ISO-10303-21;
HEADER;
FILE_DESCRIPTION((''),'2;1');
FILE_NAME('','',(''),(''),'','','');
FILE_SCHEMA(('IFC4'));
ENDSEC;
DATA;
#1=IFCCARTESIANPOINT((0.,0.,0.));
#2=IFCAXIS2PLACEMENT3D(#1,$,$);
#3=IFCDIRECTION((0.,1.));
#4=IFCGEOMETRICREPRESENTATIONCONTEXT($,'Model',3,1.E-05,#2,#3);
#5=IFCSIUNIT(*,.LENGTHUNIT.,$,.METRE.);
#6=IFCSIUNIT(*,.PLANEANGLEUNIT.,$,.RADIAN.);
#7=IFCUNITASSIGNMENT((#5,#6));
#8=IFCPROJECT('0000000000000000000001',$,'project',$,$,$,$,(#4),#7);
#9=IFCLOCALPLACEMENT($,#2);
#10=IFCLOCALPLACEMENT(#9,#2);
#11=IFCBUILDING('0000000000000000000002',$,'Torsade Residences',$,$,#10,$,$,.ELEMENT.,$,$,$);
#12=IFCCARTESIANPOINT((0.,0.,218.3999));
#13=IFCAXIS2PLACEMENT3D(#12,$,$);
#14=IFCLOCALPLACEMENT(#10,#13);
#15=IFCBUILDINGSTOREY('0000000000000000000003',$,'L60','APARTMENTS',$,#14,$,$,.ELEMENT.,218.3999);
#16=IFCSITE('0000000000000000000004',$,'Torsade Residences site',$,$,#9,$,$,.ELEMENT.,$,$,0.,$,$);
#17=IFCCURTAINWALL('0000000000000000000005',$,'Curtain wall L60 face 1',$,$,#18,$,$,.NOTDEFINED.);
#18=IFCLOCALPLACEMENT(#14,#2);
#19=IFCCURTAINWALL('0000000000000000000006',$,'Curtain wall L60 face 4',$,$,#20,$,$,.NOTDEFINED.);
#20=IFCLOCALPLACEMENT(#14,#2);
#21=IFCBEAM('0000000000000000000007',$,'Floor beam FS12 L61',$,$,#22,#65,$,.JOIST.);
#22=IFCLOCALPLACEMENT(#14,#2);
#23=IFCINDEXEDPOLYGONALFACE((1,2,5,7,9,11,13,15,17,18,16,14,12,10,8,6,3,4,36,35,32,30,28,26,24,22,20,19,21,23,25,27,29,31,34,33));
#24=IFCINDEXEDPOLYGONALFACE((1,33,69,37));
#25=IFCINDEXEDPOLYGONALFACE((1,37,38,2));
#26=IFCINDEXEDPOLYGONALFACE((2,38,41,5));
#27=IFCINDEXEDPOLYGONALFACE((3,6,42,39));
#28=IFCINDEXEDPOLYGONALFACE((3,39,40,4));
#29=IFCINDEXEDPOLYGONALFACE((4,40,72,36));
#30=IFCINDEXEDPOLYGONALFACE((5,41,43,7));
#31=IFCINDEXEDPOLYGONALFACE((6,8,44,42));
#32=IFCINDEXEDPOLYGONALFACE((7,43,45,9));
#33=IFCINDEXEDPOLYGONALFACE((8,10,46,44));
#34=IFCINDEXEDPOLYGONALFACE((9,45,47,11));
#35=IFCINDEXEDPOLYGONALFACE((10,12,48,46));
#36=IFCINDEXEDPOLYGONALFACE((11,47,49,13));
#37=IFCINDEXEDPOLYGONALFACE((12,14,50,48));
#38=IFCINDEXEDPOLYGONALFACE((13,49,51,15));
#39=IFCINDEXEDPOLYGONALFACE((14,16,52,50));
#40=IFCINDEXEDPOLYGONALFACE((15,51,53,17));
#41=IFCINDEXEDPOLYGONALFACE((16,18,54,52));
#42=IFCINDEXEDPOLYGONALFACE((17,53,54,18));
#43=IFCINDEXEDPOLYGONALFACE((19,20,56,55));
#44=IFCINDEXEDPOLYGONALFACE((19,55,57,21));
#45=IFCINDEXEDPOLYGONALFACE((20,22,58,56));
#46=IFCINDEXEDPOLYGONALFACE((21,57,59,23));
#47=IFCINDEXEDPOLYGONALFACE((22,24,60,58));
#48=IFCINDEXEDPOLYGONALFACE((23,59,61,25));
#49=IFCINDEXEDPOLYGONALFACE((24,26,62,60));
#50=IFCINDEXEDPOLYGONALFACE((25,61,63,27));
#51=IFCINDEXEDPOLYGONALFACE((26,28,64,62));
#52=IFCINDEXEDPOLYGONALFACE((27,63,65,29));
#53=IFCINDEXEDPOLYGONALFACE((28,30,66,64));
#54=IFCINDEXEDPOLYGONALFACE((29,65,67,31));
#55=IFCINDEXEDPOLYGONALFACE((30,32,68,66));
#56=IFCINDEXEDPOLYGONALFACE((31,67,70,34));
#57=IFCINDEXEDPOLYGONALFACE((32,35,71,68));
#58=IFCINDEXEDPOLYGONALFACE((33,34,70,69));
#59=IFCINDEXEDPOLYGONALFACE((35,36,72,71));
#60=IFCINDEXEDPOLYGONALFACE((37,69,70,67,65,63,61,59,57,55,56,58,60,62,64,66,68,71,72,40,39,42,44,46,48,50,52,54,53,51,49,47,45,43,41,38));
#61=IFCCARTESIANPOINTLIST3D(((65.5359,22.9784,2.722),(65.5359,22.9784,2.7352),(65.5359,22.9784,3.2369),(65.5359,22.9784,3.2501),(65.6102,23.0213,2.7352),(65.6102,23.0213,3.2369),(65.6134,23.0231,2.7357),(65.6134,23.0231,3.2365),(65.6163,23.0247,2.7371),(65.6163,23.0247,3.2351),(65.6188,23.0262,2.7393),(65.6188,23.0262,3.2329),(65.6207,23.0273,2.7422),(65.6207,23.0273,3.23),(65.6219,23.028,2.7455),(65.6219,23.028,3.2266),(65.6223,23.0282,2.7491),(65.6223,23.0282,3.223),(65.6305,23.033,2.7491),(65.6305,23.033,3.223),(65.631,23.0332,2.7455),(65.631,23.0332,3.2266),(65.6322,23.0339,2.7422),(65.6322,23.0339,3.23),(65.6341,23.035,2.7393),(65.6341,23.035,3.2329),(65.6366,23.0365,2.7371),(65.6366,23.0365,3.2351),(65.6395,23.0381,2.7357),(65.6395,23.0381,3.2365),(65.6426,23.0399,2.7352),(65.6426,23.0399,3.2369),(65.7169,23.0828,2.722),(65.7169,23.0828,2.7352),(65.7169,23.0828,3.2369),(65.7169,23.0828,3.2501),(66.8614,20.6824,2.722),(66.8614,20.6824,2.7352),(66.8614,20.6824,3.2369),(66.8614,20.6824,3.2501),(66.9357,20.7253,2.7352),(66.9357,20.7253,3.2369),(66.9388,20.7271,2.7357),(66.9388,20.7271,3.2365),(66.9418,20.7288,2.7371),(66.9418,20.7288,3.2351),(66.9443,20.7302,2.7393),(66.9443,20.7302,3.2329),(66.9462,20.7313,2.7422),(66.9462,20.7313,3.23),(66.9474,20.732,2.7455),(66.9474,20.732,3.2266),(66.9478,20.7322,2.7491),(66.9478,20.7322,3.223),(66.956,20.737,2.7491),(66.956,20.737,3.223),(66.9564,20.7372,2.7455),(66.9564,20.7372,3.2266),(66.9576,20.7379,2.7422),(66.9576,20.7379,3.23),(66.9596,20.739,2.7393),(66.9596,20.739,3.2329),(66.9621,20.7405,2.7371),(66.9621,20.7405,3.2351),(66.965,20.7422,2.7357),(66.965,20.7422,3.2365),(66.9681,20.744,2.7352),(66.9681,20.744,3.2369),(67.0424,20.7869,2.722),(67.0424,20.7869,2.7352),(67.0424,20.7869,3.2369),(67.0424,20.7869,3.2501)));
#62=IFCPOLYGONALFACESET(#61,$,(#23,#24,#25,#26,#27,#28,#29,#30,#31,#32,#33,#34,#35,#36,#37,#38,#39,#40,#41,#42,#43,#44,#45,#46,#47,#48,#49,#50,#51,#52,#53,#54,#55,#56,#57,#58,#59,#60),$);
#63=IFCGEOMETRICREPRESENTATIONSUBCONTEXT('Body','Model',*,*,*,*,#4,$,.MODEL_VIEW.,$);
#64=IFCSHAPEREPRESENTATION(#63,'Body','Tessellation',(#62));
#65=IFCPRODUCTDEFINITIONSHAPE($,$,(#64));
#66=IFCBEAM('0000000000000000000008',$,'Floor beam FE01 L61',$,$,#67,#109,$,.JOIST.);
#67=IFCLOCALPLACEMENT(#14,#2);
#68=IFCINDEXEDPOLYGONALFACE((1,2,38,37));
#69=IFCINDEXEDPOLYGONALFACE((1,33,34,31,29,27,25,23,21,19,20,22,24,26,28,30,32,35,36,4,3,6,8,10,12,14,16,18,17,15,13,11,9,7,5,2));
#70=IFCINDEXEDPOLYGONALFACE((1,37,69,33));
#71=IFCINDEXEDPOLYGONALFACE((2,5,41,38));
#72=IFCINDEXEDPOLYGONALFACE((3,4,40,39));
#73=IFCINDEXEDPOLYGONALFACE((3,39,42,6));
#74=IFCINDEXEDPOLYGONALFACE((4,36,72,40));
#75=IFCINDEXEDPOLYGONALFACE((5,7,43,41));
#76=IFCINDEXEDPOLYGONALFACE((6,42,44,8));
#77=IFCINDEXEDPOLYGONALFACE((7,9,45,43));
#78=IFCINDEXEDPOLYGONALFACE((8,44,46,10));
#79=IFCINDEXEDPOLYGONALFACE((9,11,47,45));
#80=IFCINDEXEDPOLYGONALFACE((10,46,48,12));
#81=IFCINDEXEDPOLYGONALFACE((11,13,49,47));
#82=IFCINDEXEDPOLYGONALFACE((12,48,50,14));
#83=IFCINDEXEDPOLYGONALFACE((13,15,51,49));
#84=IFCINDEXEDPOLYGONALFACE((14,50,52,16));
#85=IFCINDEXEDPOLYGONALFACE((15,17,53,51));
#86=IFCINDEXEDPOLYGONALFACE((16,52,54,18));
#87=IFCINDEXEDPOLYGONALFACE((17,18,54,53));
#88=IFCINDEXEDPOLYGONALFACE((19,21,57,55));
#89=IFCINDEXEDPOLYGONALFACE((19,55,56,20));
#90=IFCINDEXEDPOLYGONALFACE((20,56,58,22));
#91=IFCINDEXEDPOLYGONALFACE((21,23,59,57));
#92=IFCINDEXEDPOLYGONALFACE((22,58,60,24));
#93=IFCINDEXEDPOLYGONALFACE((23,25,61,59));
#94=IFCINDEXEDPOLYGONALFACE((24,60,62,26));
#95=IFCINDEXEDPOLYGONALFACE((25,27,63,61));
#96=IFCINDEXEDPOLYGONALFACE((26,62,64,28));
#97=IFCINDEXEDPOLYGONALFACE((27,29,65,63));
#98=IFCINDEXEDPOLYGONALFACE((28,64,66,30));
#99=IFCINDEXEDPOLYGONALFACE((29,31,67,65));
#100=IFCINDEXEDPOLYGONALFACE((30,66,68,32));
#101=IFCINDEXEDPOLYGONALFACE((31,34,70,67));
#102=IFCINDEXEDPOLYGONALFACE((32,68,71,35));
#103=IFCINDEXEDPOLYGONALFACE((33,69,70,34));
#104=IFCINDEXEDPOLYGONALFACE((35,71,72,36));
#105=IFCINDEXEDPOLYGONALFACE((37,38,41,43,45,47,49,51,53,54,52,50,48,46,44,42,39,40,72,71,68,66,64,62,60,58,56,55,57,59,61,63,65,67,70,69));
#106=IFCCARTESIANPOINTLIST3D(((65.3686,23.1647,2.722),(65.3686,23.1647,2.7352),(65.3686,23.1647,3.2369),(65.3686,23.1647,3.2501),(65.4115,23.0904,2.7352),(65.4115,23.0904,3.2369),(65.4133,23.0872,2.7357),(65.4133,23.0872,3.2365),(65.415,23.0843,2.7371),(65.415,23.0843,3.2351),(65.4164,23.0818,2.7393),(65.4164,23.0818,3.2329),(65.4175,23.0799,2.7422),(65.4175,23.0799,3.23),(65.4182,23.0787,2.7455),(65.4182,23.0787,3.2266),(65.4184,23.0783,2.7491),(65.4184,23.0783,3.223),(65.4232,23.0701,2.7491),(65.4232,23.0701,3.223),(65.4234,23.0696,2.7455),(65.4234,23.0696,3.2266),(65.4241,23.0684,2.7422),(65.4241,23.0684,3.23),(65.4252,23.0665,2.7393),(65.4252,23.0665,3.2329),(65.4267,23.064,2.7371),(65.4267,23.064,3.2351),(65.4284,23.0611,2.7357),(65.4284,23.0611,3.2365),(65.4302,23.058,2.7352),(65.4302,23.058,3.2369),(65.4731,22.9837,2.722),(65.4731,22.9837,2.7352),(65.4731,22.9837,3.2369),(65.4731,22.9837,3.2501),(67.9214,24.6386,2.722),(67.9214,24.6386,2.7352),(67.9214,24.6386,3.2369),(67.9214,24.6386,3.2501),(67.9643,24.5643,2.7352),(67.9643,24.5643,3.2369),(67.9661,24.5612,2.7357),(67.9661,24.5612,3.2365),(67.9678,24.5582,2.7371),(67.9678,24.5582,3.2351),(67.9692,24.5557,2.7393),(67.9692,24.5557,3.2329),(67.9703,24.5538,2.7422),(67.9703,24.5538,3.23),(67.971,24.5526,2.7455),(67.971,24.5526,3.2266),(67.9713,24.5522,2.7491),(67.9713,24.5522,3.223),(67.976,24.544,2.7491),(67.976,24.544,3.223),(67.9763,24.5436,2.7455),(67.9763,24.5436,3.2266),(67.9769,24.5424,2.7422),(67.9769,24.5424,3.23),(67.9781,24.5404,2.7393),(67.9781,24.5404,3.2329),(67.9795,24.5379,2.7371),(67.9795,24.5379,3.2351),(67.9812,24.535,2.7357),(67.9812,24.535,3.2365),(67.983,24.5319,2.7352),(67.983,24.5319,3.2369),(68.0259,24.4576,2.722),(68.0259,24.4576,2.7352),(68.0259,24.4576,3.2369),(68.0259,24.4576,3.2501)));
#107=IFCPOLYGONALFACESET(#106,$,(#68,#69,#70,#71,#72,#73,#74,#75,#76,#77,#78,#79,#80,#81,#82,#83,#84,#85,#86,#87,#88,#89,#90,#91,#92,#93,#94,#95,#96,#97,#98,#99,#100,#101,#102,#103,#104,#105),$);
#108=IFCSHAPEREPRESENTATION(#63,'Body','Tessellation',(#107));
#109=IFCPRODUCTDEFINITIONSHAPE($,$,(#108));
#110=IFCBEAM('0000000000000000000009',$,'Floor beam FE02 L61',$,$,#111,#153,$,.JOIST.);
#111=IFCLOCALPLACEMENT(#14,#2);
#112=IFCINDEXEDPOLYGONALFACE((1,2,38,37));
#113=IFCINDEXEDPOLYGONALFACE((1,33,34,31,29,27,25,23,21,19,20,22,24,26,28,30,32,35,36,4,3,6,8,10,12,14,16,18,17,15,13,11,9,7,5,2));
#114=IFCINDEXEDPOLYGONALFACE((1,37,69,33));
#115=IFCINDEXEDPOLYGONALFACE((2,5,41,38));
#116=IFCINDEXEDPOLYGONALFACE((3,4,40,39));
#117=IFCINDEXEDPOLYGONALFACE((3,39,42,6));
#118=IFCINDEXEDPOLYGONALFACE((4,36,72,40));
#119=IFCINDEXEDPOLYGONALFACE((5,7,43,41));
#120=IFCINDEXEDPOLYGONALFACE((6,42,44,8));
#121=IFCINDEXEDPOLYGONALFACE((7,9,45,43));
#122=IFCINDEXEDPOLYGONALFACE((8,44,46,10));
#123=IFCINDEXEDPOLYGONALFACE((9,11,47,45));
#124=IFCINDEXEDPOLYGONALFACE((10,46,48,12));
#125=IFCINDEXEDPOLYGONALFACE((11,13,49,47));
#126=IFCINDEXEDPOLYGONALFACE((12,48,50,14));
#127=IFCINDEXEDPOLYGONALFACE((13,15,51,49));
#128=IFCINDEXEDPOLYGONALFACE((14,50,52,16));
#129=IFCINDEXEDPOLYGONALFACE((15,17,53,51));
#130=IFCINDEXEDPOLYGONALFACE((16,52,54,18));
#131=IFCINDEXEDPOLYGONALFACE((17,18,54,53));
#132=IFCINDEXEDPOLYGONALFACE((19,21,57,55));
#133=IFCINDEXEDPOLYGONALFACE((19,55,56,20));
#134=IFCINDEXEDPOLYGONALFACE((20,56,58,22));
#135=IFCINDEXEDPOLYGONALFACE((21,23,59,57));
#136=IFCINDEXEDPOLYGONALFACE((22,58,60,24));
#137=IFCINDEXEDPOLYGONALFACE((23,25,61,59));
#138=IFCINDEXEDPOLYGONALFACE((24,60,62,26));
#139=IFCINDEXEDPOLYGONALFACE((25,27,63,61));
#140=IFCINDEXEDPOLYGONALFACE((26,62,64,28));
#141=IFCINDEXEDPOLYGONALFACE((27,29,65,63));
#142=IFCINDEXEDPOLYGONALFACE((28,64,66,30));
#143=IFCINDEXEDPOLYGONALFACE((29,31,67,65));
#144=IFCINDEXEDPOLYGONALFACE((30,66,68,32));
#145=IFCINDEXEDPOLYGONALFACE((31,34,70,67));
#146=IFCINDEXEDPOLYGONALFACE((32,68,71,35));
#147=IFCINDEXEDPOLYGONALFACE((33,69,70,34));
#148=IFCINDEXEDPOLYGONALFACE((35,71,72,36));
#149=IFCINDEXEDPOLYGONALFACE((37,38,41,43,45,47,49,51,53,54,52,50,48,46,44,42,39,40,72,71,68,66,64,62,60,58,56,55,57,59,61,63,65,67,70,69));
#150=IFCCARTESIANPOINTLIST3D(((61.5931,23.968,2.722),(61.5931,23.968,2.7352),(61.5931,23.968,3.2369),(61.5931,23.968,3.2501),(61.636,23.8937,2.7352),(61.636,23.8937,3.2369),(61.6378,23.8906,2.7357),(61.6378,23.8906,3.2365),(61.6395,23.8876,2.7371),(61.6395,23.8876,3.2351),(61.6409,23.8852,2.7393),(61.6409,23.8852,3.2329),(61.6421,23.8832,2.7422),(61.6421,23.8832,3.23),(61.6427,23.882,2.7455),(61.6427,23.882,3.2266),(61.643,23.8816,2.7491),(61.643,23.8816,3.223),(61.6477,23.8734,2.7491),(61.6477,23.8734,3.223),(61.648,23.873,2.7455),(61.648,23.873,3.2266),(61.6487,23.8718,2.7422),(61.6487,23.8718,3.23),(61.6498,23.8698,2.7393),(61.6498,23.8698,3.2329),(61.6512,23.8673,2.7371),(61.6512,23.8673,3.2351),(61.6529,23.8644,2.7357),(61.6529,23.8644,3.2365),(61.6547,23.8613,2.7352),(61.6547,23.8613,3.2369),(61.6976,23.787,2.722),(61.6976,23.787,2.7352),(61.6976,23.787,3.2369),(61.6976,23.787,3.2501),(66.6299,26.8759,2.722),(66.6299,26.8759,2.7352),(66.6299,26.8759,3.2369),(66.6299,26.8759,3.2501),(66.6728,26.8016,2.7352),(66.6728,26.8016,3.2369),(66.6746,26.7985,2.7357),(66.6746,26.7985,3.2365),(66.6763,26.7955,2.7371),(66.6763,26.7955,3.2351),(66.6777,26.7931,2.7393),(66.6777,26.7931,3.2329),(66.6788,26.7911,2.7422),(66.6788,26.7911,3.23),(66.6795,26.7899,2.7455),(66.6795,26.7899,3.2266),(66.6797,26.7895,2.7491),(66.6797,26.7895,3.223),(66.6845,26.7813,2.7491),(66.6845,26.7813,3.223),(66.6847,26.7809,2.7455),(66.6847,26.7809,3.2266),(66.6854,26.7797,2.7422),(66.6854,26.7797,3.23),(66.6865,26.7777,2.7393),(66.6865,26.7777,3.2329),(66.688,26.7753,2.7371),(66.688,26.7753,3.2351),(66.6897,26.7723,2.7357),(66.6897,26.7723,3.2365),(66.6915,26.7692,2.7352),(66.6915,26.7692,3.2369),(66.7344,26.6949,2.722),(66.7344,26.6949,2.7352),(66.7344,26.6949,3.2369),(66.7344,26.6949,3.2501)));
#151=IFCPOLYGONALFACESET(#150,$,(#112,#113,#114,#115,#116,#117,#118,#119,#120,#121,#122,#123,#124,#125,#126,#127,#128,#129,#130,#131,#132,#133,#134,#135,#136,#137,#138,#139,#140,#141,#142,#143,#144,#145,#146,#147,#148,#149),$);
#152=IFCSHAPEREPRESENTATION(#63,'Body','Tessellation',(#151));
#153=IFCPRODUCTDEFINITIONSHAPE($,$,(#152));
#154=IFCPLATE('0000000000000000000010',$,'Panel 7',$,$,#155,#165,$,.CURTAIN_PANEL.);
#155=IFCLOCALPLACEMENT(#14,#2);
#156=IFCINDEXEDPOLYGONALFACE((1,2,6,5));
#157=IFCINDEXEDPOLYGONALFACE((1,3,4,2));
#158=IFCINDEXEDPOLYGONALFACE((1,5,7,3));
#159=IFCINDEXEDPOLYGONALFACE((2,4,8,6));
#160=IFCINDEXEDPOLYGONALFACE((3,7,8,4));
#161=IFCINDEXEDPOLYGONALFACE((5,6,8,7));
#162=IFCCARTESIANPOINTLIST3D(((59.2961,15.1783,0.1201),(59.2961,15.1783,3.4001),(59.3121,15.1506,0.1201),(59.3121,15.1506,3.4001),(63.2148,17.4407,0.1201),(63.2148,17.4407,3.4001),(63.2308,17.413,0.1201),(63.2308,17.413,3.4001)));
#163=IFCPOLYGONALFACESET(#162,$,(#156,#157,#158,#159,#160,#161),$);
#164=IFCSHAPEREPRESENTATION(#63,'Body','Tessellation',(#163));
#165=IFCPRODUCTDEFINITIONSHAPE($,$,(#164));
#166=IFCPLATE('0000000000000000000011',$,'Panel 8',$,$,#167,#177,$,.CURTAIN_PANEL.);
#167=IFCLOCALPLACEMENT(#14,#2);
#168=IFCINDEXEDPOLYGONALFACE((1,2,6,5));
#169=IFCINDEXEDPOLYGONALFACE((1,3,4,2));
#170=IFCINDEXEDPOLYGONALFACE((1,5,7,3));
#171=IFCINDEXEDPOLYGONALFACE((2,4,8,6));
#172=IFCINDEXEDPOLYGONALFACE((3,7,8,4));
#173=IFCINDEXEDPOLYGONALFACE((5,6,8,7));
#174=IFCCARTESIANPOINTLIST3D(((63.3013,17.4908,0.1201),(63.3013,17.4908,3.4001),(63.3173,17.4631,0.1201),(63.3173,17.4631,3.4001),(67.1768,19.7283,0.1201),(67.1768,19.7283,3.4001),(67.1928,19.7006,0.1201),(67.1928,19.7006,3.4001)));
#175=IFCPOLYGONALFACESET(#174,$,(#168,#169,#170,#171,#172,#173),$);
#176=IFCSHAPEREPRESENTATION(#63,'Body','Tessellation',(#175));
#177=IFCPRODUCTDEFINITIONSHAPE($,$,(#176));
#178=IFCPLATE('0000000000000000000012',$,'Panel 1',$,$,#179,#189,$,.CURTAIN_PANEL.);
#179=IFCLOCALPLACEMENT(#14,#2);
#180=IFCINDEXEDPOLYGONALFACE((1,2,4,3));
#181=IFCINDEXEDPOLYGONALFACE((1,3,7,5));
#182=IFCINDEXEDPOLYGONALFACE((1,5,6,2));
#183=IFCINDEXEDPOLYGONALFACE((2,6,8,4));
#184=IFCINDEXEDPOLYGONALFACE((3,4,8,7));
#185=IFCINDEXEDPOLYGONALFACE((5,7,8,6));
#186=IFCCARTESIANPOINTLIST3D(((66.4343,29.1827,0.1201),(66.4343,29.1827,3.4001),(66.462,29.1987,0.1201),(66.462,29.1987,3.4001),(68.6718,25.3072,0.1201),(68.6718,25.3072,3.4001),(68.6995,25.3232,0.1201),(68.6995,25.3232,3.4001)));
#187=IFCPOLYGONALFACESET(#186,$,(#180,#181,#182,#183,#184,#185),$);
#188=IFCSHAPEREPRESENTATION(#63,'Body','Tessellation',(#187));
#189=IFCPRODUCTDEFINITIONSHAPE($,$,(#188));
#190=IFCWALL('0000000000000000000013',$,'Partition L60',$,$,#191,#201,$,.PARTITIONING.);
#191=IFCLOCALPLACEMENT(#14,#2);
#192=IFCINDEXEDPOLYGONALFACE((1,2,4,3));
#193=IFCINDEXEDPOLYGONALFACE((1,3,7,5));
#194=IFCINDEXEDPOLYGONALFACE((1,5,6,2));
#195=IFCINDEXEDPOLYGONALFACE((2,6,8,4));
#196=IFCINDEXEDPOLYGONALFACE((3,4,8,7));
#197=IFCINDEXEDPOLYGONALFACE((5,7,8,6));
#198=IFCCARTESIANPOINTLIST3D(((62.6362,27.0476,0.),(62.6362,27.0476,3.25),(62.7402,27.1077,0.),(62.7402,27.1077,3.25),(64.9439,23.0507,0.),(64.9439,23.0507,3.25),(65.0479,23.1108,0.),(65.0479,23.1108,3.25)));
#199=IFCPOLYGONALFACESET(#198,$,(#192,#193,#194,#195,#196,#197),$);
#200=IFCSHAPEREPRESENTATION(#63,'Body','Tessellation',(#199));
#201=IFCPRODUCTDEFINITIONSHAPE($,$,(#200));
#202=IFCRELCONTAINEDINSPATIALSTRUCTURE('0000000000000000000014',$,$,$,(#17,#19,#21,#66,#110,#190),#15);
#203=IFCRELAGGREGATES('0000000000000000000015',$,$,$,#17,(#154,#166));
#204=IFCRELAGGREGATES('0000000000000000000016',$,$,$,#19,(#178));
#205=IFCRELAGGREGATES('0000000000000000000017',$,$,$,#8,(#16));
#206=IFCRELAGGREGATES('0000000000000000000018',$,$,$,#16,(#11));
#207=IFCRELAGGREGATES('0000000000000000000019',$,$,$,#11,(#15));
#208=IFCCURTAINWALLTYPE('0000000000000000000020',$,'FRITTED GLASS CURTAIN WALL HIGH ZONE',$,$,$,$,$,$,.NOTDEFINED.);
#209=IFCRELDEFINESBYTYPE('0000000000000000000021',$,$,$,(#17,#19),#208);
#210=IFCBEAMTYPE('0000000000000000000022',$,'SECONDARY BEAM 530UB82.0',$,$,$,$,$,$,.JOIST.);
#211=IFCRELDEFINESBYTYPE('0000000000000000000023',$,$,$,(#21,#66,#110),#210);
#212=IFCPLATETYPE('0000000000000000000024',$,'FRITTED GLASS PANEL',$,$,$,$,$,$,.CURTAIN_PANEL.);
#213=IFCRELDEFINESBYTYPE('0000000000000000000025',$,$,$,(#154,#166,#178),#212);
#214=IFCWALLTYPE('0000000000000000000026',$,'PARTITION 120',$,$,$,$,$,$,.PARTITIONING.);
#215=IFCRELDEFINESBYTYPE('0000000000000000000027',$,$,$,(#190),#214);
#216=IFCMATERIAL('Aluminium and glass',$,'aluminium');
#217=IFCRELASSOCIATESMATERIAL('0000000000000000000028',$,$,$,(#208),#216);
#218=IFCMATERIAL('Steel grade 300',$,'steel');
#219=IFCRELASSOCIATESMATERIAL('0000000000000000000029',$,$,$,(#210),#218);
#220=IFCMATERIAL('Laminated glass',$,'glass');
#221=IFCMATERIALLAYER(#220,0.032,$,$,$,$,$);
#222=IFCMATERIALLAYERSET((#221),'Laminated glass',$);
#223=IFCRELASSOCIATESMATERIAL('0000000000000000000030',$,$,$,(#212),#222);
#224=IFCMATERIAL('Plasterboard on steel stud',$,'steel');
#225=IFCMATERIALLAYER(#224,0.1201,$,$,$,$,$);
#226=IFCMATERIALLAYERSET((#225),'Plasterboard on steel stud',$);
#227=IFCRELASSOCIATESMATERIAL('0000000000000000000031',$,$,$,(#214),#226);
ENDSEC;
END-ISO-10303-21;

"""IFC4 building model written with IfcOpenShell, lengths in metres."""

from ifc_helpers import new_model, si_unit, direction, frame, frame_2d, origin, origin_2d, place, context, subcontext, project, spatial, rectangle, i_section, extrude, material, layer, layer_set, material_profile, profile_set, type_object, element, aggregate, save


model = new_model("IFC4")

# Units and contexts
model_context = context("Model", 3, precision=1e-05, world=origin(), true_north=direction((0.0, 1.0)))
body_context = subcontext(model_context, "Body", "Model", "MODEL_VIEW")
ifc_project = project(units=[si_unit("LENGTHUNIT", "METRE"), si_unit("PLANEANGLEUNIT", "RADIAN")], contexts=[model_context])

# Site, building, storey
site_placement = place(None, origin())
site = spatial("IfcSite", under=ifc_project, at=site_placement, Name="Torsade Residences site", CompositionType="ELEMENT", RefElevation=0.0)
building_placement = place(site_placement, origin())
building = spatial("IfcBuilding", under=site, at=building_placement, Name="Torsade Residences", CompositionType="ELEMENT")
storey_placement = place(building_placement, frame((0.0, 0.0, 218.3999)))
storey = spatial("IfcBuildingStorey", under=building, at=storey_placement, Name="L60", Description="APARTMENTS", CompositionType="ELEMENT", Elevation=218.3999)

# Curtain wall
ifc_material_1 = material(Name="Aluminium and glass", Category="aluminium")
curtain_wall_type = type_object("IfcCurtainWallType", Name="FRITTED GLASS CURTAIN WALL HIGH ZONE", PredefinedType="NOTDEFINED", material=ifc_material_1)
curtain_wall_1_placement = place(storey_placement, origin())
curtain_wall_1 = element("IfcCurtainWall", 1, at=curtain_wall_1_placement, inside=storey, type_object=curtain_wall_type, Name="Curtain wall L60 face 1", PredefinedType="NOTDEFINED")

# Curtain wall
curtain_wall_2_placement = place(storey_placement, origin())
curtain_wall_2 = element("IfcCurtainWall", 2, at=curtain_wall_2_placement, inside=storey, type_object=curtain_wall_type, Name="Curtain wall L60 face 4", PredefinedType="NOTDEFINED")

# Beams
ifc_material_2 = material(Name="Steel grade 300", Category="steel")
ifc_material_profile_1 = material_profile(ifc_material_2, i_section(OverallWidth=0.209, OverallDepth=0.5281, WebThickness=0.0095, FlangeThickness=0.0132, FilletRadius=0.0139, at=origin_2d()), Name="530UB82.0")
ifc_profile_set_1 = profile_set([ifc_material_profile_1], Name="Steel grade 300")
beam_type_1 = type_object("IfcBeamType", Name="SECONDARY BEAM 530UB82.0", PredefinedType="JOIST", material=ifc_profile_set_1)
beam_1_placement = place(storey_placement, frame((66.9519, 20.7346, 2.9861), z_axis=(-0.499972, 0.866041, 0.0), x_axis=(-0.866041, -0.499972, 0.0)))
element("IfcBeam", 3, at=beam_1_placement, inside=storey, type_object=beam_type_1, Name="Floor beam FS12 L61", PredefinedType="JOIST", context=body_context, shape_type="SweptSolid", body=[
    extrude(i_section(OverallWidth=0.209, OverallDepth=0.5281, WebThickness=0.0095, FlangeThickness=0.0132, FilletRadius=0.0139, at=origin_2d()), origin(), (0.0, 0.0, 1.0), 2.6511),
])
beam_2_placement = place(storey_placement, frame((67.9736, 24.5481, 2.9861), z_axis=(-0.866017, -0.500014, 0.0), x_axis=(0.500014, -0.866017, 0.0)))
element("IfcBeam", 4, at=beam_2_placement, inside=storey, type_object=beam_type_1, Name="Floor beam FE01 L61", PredefinedType="JOIST", context=body_context, shape_type="SweptSolid", body=[
    extrude(i_section(OverallWidth=0.209, OverallDepth=0.5281, WebThickness=0.0095, FlangeThickness=0.0132, FilletRadius=0.0139, at=origin_2d()), origin(), (0.0, 0.0, 1.0), 2.9478),
])
beam_3_placement = place(storey_placement, frame((66.6821, 26.7854, 2.9861), z_axis=(-0.866031, -0.49999, 0.0), x_axis=(0.49999, -0.866031, 0.0)))
element("IfcBeam", 5, at=beam_3_placement, inside=storey, type_object=beam_type_1, Name="Floor beam FE02 L61", PredefinedType="JOIST", context=body_context, shape_type="SweptSolid", body=[
    extrude(i_section(OverallWidth=0.209, OverallDepth=0.5281, WebThickness=0.0095, FlangeThickness=0.0132, FilletRadius=0.0139, at=origin_2d()), origin(), (0.0, 0.0, 1.0), 5.8159),
])

# Plates
ifc_material_3 = material(Name="Laminated glass", Category="glass")
ifc_layer_1 = layer(ifc_material_3, 0.032)
ifc_layer_set_1 = layer_set([ifc_layer_1], Name="Laminated glass")
plate_type = type_object("IfcPlateType", Name="FRITTED GLASS PANEL", PredefinedType="CURTAIN_PANEL", material=ifc_layer_set_1)
plate_1_placement = place(storey_placement, frame((61.2634, 16.2957, 0.1201), z_axis=(0.0, 0.0, 1.0), x_axis=(0.866025, 0.5, 0.0)))
plate_1 = element("IfcPlate", 6, at=plate_1_placement, type_object=plate_type, Name="Panel 7", PredefinedType="CURTAIN_PANEL", context=body_context, shape_type="SweptSolid", body=[
    extrude(rectangle(XDim=4.5249, YDim=0.032, at=origin_2d()), origin(), (0.0, 0.0, 1.0), 3.28),
])
plate_2_placement = place(storey_placement, frame((65.2471, 18.5957, 0.1201), z_axis=(0.0, 0.0, 1.0), x_axis=(0.866025, 0.5, 0.0)))
plate_2 = element("IfcPlate", 7, at=plate_2_placement, type_object=plate_type, Name="Panel 8", PredefinedType="CURTAIN_PANEL", context=body_context, shape_type="SweptSolid", body=[
    extrude(rectangle(XDim=4.4751, YDim=0.032, at=origin_2d()), origin(), (0.0, 0.0, 1.0), 3.28),
])
aggregate(curtain_wall_1, [plate_1, plate_2])
plate_3_placement = place(storey_placement, frame((67.5669, 27.2529, 0.1201), z_axis=(0.0, 0.0, 1.0), x_axis=(-0.5, 0.866025, 0.0)))
plate_3 = element("IfcPlate", 8, at=plate_3_placement, type_object=plate_type, Name="Panel 1", PredefinedType="CURTAIN_PANEL", context=body_context, shape_type="SweptSolid", body=[
    extrude(rectangle(XDim=4.4751, YDim=0.032, at=origin_2d()), origin(), (0.0, 0.0, 1.0), 3.28),
])
aggregate(curtain_wall_2, [plate_3])

# Wall
ifc_material_4 = material(Name="Plasterboard on steel stud", Category="steel")
ifc_layer_2 = layer(ifc_material_4, 0.1201)
ifc_layer_set_2 = layer_set([ifc_layer_2], Name="Plasterboard on steel stud")
wall_type_1 = type_object("IfcWallType", Name="PARTITION 120", PredefinedType="PARTITIONING", material=ifc_layer_set_2)
wall_1_placement = place(storey_placement, frame((62.6882, 27.0776, 0.0), z_axis=(0.0, 0.0, 1.0), x_axis=(0.500008, -0.866021, 0.0)))
element("IfcWall", 9, at=wall_1_placement, inside=storey, type_object=wall_type_1, Name="Partition L60", PredefinedType="PARTITIONING", context=body_context, shape_type="SweptSolid", body=[
    extrude(rectangle(XDim=4.6152, YDim=0.1201, at=frame_2d((2.3076, 0.0))), origin(), (0.0, 0.0, 1.0), 3.25),
])

save(model, "model.ifc")
